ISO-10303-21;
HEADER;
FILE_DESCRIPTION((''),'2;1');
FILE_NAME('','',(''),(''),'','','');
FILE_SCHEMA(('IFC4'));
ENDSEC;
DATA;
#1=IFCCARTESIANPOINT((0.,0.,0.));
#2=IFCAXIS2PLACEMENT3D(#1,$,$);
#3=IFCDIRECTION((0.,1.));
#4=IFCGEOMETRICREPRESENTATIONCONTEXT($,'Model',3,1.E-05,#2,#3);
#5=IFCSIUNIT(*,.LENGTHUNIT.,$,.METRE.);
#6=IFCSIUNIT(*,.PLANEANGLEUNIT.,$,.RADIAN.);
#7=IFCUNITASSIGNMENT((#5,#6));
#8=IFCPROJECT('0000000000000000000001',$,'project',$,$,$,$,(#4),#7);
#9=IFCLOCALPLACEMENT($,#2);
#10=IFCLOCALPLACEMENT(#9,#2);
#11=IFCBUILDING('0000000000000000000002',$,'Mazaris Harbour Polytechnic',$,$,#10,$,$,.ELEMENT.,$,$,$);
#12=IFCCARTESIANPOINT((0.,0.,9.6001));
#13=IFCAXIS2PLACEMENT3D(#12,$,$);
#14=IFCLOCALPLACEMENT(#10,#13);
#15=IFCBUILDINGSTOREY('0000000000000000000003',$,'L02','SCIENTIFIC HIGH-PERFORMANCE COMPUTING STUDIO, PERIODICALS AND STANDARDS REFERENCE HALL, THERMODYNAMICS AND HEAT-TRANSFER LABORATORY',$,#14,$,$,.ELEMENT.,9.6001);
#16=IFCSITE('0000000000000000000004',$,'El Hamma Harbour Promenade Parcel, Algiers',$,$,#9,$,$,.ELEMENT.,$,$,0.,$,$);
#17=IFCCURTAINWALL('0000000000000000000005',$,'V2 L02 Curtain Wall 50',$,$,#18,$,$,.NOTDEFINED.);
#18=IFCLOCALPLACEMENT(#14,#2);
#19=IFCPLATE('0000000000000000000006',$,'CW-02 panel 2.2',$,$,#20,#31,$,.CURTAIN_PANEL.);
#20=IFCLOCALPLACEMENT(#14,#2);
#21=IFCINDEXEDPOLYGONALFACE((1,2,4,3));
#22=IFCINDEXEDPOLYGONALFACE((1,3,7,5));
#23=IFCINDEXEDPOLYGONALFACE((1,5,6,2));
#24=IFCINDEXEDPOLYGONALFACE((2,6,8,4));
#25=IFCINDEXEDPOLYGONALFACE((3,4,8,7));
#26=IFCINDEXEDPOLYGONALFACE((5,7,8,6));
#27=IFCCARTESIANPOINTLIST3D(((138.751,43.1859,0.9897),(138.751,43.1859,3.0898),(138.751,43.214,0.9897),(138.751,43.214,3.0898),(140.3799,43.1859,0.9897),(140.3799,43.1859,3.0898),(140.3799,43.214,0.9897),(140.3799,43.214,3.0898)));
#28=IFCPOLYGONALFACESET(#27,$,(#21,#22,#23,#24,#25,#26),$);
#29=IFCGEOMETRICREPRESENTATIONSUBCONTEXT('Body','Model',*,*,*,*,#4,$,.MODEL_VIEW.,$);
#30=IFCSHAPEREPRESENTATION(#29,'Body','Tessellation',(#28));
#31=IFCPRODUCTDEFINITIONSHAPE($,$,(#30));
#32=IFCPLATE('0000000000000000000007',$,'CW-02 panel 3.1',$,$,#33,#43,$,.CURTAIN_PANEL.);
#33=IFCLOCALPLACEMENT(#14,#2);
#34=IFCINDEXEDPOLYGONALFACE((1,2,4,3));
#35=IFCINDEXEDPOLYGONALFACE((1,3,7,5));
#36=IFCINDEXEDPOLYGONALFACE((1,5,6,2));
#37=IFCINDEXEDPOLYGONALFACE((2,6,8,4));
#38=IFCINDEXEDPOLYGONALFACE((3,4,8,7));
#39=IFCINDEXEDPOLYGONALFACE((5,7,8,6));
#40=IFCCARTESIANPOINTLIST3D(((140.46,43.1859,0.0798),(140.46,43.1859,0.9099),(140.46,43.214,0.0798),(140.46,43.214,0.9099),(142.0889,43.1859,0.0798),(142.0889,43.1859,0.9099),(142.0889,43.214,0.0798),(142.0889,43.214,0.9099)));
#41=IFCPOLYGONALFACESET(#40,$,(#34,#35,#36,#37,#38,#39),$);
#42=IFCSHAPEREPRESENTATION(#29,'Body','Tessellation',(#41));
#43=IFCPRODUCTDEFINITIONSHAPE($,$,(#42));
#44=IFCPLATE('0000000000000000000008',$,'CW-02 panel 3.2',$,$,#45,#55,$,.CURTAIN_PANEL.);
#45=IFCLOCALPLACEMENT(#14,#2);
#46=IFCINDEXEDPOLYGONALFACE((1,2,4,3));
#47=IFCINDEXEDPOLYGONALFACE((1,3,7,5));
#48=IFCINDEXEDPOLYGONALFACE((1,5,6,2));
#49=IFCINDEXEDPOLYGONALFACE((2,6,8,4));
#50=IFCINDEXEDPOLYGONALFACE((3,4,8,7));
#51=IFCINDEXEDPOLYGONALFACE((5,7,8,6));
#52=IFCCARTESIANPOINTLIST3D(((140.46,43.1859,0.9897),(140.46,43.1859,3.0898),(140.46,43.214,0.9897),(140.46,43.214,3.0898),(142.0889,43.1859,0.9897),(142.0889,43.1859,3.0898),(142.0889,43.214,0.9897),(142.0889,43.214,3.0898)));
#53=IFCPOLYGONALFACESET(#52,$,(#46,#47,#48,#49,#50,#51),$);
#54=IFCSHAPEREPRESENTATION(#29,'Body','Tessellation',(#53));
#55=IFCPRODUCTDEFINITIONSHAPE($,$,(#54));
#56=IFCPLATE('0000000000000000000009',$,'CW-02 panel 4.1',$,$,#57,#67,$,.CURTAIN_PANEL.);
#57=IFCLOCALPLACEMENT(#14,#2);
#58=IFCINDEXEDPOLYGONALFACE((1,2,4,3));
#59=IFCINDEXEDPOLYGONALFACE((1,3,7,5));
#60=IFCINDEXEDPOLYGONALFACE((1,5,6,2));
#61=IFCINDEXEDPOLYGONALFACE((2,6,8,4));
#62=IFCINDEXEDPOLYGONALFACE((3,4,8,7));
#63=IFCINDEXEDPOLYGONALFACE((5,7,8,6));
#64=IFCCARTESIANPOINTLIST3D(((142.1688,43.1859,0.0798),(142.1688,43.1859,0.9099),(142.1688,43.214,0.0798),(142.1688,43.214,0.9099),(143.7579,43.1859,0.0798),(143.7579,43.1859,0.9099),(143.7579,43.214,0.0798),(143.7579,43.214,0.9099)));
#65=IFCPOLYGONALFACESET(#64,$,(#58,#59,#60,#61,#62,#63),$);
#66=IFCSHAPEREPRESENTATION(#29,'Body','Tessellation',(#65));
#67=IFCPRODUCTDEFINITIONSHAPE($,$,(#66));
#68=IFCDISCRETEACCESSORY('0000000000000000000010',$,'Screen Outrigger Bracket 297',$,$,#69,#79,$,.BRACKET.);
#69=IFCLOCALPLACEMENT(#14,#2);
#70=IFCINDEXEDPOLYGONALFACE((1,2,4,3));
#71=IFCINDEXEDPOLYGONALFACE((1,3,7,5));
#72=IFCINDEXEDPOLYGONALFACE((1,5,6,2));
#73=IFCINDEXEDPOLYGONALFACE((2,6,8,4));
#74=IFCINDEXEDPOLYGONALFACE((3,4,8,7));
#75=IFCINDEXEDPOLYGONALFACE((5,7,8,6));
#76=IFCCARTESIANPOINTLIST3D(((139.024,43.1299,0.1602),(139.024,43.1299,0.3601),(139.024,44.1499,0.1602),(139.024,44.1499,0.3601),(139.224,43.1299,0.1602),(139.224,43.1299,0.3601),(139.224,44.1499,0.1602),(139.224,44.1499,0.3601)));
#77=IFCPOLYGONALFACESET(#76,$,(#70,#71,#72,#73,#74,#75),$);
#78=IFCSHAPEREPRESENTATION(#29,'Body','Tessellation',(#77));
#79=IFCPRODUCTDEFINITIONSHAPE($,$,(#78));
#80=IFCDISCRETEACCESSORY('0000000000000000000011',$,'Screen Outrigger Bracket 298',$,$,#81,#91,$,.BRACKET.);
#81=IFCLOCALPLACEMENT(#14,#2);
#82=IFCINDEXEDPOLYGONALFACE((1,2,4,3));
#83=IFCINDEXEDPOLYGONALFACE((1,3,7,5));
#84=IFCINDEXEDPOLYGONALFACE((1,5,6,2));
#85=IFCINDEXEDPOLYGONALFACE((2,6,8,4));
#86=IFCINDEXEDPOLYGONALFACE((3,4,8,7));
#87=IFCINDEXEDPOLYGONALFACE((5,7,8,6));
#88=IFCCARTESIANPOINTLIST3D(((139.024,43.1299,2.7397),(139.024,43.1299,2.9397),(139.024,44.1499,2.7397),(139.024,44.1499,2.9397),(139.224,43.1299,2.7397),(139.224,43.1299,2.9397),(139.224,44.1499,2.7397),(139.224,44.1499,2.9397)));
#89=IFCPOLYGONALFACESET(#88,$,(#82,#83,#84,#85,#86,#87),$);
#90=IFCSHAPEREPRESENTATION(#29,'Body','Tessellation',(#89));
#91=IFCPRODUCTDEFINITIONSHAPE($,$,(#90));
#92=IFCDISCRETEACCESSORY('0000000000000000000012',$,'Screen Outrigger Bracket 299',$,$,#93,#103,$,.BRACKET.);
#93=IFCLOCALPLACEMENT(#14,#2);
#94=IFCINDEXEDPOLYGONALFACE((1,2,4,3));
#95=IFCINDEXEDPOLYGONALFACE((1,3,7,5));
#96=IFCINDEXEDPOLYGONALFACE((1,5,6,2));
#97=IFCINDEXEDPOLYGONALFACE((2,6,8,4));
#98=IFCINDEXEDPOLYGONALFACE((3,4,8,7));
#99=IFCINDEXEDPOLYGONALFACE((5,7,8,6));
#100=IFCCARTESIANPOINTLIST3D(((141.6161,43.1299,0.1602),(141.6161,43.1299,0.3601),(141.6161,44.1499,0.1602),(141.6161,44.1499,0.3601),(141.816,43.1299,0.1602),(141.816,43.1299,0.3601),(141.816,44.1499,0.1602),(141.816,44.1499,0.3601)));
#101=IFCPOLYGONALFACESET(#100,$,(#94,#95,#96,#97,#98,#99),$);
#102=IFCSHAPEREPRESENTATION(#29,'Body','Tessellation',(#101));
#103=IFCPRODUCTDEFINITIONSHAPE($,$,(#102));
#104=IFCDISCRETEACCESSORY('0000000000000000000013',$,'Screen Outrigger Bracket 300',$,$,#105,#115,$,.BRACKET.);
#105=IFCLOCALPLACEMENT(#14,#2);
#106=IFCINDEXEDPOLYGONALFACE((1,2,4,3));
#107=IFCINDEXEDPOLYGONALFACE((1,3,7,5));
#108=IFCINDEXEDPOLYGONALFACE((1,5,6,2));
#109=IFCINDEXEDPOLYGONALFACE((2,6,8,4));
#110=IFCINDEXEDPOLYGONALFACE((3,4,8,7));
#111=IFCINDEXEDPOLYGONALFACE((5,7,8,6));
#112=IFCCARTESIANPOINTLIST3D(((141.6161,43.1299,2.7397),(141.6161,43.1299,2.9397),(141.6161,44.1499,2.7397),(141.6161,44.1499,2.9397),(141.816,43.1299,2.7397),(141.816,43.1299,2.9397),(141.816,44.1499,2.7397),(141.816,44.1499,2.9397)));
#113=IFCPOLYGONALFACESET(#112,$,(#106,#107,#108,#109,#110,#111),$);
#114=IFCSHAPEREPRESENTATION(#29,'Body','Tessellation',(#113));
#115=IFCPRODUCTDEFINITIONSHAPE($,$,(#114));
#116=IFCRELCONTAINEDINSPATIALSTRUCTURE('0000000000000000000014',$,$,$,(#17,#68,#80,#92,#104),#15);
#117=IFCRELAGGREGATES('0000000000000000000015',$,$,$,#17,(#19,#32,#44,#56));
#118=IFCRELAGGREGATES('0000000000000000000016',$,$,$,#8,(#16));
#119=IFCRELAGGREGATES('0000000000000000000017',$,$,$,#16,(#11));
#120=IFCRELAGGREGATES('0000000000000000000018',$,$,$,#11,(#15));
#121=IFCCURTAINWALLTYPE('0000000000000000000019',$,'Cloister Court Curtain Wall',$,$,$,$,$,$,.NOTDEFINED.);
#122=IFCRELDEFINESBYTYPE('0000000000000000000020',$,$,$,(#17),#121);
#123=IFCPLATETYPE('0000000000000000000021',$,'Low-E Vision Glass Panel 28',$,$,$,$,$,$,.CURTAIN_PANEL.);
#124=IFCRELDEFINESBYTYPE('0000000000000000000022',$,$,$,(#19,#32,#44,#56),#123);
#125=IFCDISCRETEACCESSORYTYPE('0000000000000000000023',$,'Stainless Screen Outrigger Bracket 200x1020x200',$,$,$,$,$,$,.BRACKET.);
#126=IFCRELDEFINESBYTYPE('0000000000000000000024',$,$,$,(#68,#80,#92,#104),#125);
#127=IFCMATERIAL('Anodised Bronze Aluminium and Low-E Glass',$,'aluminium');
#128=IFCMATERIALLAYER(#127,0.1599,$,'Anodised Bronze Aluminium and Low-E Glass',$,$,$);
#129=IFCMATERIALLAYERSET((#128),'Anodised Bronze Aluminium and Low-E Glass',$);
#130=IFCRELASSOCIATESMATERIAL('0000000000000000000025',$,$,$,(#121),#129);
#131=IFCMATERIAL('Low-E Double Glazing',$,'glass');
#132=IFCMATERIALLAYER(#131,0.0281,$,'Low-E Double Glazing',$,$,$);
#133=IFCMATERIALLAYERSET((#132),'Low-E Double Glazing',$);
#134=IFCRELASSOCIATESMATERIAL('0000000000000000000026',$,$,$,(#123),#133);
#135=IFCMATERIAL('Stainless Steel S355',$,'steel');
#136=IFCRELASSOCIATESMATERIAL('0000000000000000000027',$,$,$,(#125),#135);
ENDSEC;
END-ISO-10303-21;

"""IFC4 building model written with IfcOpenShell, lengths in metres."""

from ifc_helpers import new_model, si_unit, direction, frame, origin, origin_2d, place, context, subcontext, project, spatial, rectangle, extrude, material, layer, layer_set, type_object, element, aggregate, save


model = new_model("IFC4")

# Units and contexts
model_context = context("Model", 3, precision=1e-05, world=origin(), true_north=direction((0.0, 1.0)))
body_context = subcontext(model_context, "Body", "Model", "MODEL_VIEW")
ifc_project = project(units=[si_unit("LENGTHUNIT", "METRE"), si_unit("PLANEANGLEUNIT", "RADIAN")], contexts=[model_context])

# Site, building, storey
site_placement = place(None, origin())
site = spatial("IfcSite", under=ifc_project, at=site_placement, Name="El Hamma Harbour Promenade Parcel, Algiers", CompositionType="ELEMENT", RefElevation=0.0)
building_placement = place(site_placement, origin())
building = spatial("IfcBuilding", under=site, at=building_placement, Name="Mazaris Harbour Polytechnic", CompositionType="ELEMENT")
storey_placement = place(building_placement, frame((0.0, 0.0, 9.6001)))
storey = spatial("IfcBuildingStorey", under=building, at=storey_placement, Name="L02", Description="SCIENTIFIC HIGH-PERFORMANCE COMPUTING STUDIO, PERIODICALS AND STANDARDS REFERENCE HALL, THERMODYNAMICS AND HEAT-TRANSFER LABORATORY", CompositionType="ELEMENT", Elevation=9.6001)

# Curtain wall
ifc_material_1 = material(Name="Anodised Bronze Aluminium and Low-E Glass", Category="aluminium")
ifc_layer_1 = layer(ifc_material_1, 0.1599, Name="Anodised Bronze Aluminium and Low-E Glass")
ifc_layer_set_1 = layer_set([ifc_layer_1], Name="Anodised Bronze Aluminium and Low-E Glass")
curtain_wall_type_1 = type_object("IfcCurtainWallType", Name="Cloister Court Curtain Wall", PredefinedType="NOTDEFINED", material=ifc_layer_set_1)
curtain_wall_1_placement = place(storey_placement, origin())
curtain_wall_1 = element("IfcCurtainWall", 1, at=curtain_wall_1_placement, inside=storey, type_object=curtain_wall_type_1, Name="V2 L02 Curtain Wall 50", PredefinedType="NOTDEFINED")

# Plates
ifc_material_2 = material(Name="Low-E Double Glazing", Category="glass")
ifc_layer_2 = layer(ifc_material_2, 0.0281, Name="Low-E Double Glazing")
ifc_layer_set_2 = layer_set([ifc_layer_2], Name="Low-E Double Glazing")
plate_type = type_object("IfcPlateType", Name="Low-E Vision Glass Panel 28", PredefinedType="CURTAIN_PANEL", material=ifc_layer_set_2)
plate_1_placement = place(storey_placement, frame((139.5654, 43.2, 0.9897), z_axis=(0.0, 0.0, 1.0), x_axis=(1.0, 0.0, 0.0)))
plate_1 = element("IfcPlate", 2, at=plate_1_placement, type_object=plate_type, Name="CW-02 panel 2.2", PredefinedType="CURTAIN_PANEL", context=body_context, shape_type="SweptSolid", body=[
    extrude(rectangle(XDim=1.6289, YDim=0.0281, at=origin_2d()), origin(), (0.0, 0.0, 1.0), 2.1001),
])
plate_2_placement = place(storey_placement, frame((141.2744, 43.2, 0.0798), z_axis=(0.0, 0.0, 1.0), x_axis=(1.0, 0.0, 0.0)))
plate_2 = element("IfcPlate", 3, at=plate_2_placement, type_object=plate_type, Name="CW-02 panel 3.1", PredefinedType="CURTAIN_PANEL", context=body_context, shape_type="SweptSolid", body=[
    extrude(rectangle(XDim=1.6289, YDim=0.0281, at=origin_2d()), origin(), (0.0, 0.0, 1.0), 0.8301),
])
plate_3_placement = place(storey_placement, frame((141.2744, 43.2, 0.9897), z_axis=(0.0, 0.0, 1.0), x_axis=(1.0, 0.0, 0.0)))
plate_3 = element("IfcPlate", 4, at=plate_3_placement, type_object=plate_type, Name="CW-02 panel 3.2", PredefinedType="CURTAIN_PANEL", context=body_context, shape_type="SweptSolid", body=[
    extrude(rectangle(XDim=1.6289, YDim=0.0281, at=origin_2d()), origin(), (0.0, 0.0, 1.0), 2.1001),
])
plate_4_placement = place(storey_placement, frame((142.9634, 43.2, 0.0798), z_axis=(0.0, 0.0, 1.0), x_axis=(1.0, 0.0, 0.0)))
plate_4 = element("IfcPlate", 5, at=plate_4_placement, type_object=plate_type, Name="CW-02 panel 4.1", PredefinedType="CURTAIN_PANEL", context=body_context, shape_type="SweptSolid", body=[
    extrude(rectangle(XDim=1.5891, YDim=0.0281, at=origin_2d()), origin(), (0.0, 0.0, 1.0), 0.8301),
])
aggregate(curtain_wall_1, [plate_1, plate_2, plate_3, plate_4])

# Discrete accessories
ifc_material_3 = material(Name="Stainless Steel S355", Category="steel")
discrete_accessory_type = type_object("IfcDiscreteAccessoryType", Name="Stainless Screen Outrigger Bracket 200x1020x200", PredefinedType="BRACKET", material=ifc_material_3)
for number, where, z_axis, x_axis, name in (
    (6, (139.124, 43.6399, 0.1602), (0.0, 0.0, 1.0), (1.0, 0.0, 0.0), "Screen Outrigger Bracket 297"),
    (7, (139.124, 43.6399, 2.7397), (0.0, 0.0, 1.0), (1.0, 0.0, 0.0), "Screen Outrigger Bracket 298"),
    (8, (141.7161, 43.6399, 0.1602), (0.0, 0.0, 1.0), (1.0, 0.0, 0.0), "Screen Outrigger Bracket 299"),
    (9, (141.7161, 43.6399, 2.7397), (0.0, 0.0, 1.0), (1.0, 0.0, 0.0), "Screen Outrigger Bracket 300"),
):
    element("IfcDiscreteAccessory", number, at=place(storey_placement, frame(where, z_axis=z_axis, x_axis=x_axis)), inside=storey, type_object=discrete_accessory_type, Name=name, PredefinedType="BRACKET", context=body_context, shape_type="SweptSolid", body=[
        extrude(rectangle(XDim=0.2, YDim=1.02, at=origin_2d()), origin(), (0.0, 0.0, 1.0), 0.2),
    ])

save(model, "model.ifc")
